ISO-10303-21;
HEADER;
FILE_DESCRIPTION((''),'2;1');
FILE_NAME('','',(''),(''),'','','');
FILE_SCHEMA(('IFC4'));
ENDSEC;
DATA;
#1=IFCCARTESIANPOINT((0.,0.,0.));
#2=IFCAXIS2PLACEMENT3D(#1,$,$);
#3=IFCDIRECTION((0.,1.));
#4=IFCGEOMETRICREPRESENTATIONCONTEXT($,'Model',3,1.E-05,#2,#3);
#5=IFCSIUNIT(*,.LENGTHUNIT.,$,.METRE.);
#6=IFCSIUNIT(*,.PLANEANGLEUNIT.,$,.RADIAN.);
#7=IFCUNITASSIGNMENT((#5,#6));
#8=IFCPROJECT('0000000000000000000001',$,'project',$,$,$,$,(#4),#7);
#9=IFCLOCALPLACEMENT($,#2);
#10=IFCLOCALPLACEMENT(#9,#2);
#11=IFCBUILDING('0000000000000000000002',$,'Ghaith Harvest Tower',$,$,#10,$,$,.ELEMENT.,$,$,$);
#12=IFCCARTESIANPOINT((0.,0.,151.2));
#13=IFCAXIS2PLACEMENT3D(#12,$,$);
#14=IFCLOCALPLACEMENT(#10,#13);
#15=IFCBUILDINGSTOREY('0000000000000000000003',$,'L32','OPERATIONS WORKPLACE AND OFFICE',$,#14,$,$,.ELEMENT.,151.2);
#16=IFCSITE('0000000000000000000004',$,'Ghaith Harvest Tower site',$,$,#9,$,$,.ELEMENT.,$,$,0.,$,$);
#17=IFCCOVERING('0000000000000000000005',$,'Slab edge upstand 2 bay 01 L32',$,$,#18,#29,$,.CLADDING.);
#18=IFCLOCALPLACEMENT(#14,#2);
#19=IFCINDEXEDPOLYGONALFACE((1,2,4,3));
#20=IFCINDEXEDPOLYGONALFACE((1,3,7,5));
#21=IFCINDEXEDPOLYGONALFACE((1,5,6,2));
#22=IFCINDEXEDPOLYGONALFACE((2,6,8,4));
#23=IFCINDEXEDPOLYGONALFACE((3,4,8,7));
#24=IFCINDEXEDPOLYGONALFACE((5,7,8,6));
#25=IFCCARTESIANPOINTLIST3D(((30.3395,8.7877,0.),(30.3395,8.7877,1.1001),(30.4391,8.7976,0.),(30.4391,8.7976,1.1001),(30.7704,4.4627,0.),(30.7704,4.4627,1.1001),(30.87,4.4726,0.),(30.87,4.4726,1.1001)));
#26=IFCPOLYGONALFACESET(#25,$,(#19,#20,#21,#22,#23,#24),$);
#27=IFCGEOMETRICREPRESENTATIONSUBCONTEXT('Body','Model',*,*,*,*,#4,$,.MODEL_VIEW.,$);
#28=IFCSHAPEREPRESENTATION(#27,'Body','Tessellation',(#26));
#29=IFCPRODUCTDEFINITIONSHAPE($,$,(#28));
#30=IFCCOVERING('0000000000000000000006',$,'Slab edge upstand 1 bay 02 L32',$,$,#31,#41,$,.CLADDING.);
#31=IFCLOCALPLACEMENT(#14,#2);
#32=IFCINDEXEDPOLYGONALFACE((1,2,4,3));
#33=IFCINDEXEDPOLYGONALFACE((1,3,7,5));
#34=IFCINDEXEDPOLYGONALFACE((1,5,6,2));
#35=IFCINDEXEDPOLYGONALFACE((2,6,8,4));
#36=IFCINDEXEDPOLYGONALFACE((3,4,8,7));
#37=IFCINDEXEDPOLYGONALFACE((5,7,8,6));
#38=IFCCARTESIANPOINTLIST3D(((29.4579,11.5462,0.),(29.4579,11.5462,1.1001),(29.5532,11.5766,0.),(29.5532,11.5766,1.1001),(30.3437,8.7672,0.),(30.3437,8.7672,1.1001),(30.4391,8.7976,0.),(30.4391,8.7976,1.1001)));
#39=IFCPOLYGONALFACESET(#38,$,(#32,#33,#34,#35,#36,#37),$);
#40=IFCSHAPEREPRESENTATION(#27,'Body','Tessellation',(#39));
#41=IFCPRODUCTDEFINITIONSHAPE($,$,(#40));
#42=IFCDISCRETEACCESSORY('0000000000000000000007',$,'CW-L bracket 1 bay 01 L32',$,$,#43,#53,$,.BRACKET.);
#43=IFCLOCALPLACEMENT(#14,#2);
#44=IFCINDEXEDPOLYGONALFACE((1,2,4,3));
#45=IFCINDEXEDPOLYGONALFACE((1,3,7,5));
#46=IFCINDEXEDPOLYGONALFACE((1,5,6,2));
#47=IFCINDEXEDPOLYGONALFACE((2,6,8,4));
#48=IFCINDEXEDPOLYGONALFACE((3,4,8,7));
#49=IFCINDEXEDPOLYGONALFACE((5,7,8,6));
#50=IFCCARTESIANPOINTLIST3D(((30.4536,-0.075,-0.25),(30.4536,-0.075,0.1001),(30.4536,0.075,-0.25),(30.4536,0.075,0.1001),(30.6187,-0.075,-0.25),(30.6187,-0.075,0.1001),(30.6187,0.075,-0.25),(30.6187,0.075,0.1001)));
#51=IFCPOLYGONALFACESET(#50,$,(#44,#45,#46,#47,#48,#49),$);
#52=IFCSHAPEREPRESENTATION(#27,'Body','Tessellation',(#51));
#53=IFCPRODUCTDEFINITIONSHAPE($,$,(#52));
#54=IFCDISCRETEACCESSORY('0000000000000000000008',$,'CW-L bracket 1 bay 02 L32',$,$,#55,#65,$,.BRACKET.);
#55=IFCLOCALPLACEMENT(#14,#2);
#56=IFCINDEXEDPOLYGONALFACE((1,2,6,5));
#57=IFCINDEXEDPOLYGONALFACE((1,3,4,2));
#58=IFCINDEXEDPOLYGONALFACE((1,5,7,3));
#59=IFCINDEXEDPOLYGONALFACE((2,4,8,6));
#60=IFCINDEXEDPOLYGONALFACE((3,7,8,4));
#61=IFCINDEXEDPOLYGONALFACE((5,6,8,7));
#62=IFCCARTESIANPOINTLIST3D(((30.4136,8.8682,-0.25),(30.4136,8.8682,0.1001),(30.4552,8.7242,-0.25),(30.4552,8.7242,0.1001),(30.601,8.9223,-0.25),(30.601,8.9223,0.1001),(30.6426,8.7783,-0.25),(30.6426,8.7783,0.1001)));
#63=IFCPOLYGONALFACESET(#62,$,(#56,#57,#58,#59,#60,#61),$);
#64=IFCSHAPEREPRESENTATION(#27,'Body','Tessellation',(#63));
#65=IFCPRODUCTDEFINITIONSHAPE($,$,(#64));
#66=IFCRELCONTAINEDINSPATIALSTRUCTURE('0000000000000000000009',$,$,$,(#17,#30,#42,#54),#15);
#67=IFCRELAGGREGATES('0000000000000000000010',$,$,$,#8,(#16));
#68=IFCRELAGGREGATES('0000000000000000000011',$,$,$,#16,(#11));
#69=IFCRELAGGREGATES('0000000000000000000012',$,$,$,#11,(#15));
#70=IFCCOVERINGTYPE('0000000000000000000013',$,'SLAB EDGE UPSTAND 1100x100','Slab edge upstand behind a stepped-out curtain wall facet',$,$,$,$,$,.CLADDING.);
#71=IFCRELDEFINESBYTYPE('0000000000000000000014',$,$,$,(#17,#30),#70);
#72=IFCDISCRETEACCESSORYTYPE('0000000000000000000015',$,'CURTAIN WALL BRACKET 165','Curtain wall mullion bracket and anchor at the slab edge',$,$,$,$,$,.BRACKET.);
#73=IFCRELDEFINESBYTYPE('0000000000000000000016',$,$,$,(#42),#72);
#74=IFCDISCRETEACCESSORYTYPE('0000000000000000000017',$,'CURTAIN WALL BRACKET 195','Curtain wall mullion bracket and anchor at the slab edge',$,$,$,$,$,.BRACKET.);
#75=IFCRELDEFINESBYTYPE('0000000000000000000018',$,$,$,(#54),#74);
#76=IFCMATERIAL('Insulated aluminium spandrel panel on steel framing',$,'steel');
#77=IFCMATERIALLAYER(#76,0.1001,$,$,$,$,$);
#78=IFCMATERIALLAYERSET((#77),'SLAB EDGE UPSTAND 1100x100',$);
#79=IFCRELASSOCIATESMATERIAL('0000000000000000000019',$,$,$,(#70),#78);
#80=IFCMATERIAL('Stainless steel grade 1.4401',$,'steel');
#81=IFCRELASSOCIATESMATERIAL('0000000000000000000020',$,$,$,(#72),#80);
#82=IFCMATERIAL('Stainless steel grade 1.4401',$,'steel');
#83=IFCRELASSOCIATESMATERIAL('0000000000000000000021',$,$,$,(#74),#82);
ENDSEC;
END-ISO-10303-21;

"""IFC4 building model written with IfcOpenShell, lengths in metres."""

from ifc_helpers import new_model, si_unit, direction, frame, origin, origin_2d, place, context, subcontext, project, spatial, rectangle, extrude, material, layer, layer_set, type_object, element, save


model = new_model("IFC4")

# Units and contexts
model_context = context("Model", 3, precision=1e-05, world=origin(), true_north=direction((0.0, 1.0)))
body_context = subcontext(model_context, "Body", "Model", "MODEL_VIEW")
ifc_project = project(units=[si_unit("LENGTHUNIT", "METRE"), si_unit("PLANEANGLEUNIT", "RADIAN")], contexts=[model_context])

# Site, building, storey
site_placement = place(None, origin())
site = spatial("IfcSite", under=ifc_project, at=site_placement, Name="Ghaith Harvest Tower site", CompositionType="ELEMENT", RefElevation=0.0)
building_placement = place(site_placement, origin())
building = spatial("IfcBuilding", under=site, at=building_placement, Name="Ghaith Harvest Tower", CompositionType="ELEMENT")
storey_placement = place(building_placement, frame((0.0, 0.0, 151.2)))
storey = spatial("IfcBuildingStorey", under=building, at=storey_placement, Name="L32", Description="OPERATIONS WORKPLACE AND OFFICE", CompositionType="ELEMENT", Elevation=151.2)

# Coverings
ifc_material_1 = material(Name="Insulated aluminium spandrel panel on steel framing", Category="steel")
ifc_layer_1 = layer(ifc_material_1, 0.1001)
ifc_layer_set_1 = layer_set([ifc_layer_1], Name="SLAB EDGE UPSTAND 1100x100")
covering_type = type_object("IfcCoveringType", Name="SLAB EDGE UPSTAND 1100x100", Description="Slab edge upstand behind a stepped-out curtain wall facet", PredefinedType="CLADDING", material=ifc_layer_set_1)
covering_1_placement = place(storey_placement, frame((30.6047, 6.6301, 0.0), z_axis=(0.0, 0.0, 1.0), x_axis=(-0.099132, 0.995074, 0.0)))
element("IfcCovering", 1, at=covering_1_placement, inside=storey, type_object=covering_type, Name="Slab edge upstand 2 bay 01 L32", PredefinedType="CLADDING", context=body_context, shape_type="SweptSolid", body=[
    extrude(rectangle(XDim=4.3464, YDim=0.1001, at=origin_2d()), origin(), (0.0, 0.0, 1.0), 1.1001),
])
covering_2_placement = place(storey_placement, frame((29.9485, 10.1719, 0.0), z_axis=(0.0, 0.0, 1.0), x_axis=(-0.303717, 0.952762, 0.0)))
element("IfcCovering", 2, at=covering_2_placement, inside=storey, type_object=covering_type, Name="Slab edge upstand 1 bay 02 L32", PredefinedType="CLADDING", context=body_context, shape_type="SweptSolid", body=[
    extrude(rectangle(XDim=2.9167, YDim=0.1001, at=origin_2d()), origin(), (0.0, 0.0, 1.0), 1.1001),
])

# Discrete accessories
ifc_material_2 = material(Name="Stainless steel grade 1.4401", Category="steel")
discrete_accessory_type_1 = type_object("IfcDiscreteAccessoryType", Name="CURTAIN WALL BRACKET 165", Description="Curtain wall mullion bracket and anchor at the slab edge", PredefinedType="BRACKET", material=ifc_material_2)
discrete_accessory_1_placement = place(storey_placement, frame((30.5361, 0.0, -0.25), z_axis=(0.0, 0.0, 1.0), x_axis=(1.0, 0.0, 0.0)))
element("IfcDiscreteAccessory", 3, at=discrete_accessory_1_placement, inside=storey, type_object=discrete_accessory_type_1, Name="CW-L bracket 1 bay 01 L32", PredefinedType="BRACKET", context=body_context, shape_type="SweptSolid", body=[
    extrude(rectangle(XDim=0.165, YDim=0.1499, at=origin_2d()), origin(), (0.0, 0.0, 1.0), 0.3501),
])
ifc_material_3 = material(Name="Stainless steel grade 1.4401", Category="steel")
discrete_accessory_type_2 = type_object("IfcDiscreteAccessoryType", Name="CURTAIN WALL BRACKET 195", Description="Curtain wall mullion bracket and anchor at the slab edge", PredefinedType="BRACKET", material=ifc_material_3)
discrete_accessory_2_placement = place(storey_placement, frame((30.5281, 8.8232, -0.25), z_axis=(0.0, 0.0, 1.0), x_axis=(0.96068, 0.277657, 0.0)))
element("IfcDiscreteAccessory", 4, at=discrete_accessory_2_placement, inside=storey, type_object=discrete_accessory_type_2, Name="CW-L bracket 1 bay 02 L32", PredefinedType="BRACKET", context=body_context, shape_type="SweptSolid", body=[
    extrude(rectangle(XDim=0.1951, YDim=0.1499, at=origin_2d()), origin(), (0.0, 0.0, 1.0), 0.3501),
])

save(model, "model.ifc")
